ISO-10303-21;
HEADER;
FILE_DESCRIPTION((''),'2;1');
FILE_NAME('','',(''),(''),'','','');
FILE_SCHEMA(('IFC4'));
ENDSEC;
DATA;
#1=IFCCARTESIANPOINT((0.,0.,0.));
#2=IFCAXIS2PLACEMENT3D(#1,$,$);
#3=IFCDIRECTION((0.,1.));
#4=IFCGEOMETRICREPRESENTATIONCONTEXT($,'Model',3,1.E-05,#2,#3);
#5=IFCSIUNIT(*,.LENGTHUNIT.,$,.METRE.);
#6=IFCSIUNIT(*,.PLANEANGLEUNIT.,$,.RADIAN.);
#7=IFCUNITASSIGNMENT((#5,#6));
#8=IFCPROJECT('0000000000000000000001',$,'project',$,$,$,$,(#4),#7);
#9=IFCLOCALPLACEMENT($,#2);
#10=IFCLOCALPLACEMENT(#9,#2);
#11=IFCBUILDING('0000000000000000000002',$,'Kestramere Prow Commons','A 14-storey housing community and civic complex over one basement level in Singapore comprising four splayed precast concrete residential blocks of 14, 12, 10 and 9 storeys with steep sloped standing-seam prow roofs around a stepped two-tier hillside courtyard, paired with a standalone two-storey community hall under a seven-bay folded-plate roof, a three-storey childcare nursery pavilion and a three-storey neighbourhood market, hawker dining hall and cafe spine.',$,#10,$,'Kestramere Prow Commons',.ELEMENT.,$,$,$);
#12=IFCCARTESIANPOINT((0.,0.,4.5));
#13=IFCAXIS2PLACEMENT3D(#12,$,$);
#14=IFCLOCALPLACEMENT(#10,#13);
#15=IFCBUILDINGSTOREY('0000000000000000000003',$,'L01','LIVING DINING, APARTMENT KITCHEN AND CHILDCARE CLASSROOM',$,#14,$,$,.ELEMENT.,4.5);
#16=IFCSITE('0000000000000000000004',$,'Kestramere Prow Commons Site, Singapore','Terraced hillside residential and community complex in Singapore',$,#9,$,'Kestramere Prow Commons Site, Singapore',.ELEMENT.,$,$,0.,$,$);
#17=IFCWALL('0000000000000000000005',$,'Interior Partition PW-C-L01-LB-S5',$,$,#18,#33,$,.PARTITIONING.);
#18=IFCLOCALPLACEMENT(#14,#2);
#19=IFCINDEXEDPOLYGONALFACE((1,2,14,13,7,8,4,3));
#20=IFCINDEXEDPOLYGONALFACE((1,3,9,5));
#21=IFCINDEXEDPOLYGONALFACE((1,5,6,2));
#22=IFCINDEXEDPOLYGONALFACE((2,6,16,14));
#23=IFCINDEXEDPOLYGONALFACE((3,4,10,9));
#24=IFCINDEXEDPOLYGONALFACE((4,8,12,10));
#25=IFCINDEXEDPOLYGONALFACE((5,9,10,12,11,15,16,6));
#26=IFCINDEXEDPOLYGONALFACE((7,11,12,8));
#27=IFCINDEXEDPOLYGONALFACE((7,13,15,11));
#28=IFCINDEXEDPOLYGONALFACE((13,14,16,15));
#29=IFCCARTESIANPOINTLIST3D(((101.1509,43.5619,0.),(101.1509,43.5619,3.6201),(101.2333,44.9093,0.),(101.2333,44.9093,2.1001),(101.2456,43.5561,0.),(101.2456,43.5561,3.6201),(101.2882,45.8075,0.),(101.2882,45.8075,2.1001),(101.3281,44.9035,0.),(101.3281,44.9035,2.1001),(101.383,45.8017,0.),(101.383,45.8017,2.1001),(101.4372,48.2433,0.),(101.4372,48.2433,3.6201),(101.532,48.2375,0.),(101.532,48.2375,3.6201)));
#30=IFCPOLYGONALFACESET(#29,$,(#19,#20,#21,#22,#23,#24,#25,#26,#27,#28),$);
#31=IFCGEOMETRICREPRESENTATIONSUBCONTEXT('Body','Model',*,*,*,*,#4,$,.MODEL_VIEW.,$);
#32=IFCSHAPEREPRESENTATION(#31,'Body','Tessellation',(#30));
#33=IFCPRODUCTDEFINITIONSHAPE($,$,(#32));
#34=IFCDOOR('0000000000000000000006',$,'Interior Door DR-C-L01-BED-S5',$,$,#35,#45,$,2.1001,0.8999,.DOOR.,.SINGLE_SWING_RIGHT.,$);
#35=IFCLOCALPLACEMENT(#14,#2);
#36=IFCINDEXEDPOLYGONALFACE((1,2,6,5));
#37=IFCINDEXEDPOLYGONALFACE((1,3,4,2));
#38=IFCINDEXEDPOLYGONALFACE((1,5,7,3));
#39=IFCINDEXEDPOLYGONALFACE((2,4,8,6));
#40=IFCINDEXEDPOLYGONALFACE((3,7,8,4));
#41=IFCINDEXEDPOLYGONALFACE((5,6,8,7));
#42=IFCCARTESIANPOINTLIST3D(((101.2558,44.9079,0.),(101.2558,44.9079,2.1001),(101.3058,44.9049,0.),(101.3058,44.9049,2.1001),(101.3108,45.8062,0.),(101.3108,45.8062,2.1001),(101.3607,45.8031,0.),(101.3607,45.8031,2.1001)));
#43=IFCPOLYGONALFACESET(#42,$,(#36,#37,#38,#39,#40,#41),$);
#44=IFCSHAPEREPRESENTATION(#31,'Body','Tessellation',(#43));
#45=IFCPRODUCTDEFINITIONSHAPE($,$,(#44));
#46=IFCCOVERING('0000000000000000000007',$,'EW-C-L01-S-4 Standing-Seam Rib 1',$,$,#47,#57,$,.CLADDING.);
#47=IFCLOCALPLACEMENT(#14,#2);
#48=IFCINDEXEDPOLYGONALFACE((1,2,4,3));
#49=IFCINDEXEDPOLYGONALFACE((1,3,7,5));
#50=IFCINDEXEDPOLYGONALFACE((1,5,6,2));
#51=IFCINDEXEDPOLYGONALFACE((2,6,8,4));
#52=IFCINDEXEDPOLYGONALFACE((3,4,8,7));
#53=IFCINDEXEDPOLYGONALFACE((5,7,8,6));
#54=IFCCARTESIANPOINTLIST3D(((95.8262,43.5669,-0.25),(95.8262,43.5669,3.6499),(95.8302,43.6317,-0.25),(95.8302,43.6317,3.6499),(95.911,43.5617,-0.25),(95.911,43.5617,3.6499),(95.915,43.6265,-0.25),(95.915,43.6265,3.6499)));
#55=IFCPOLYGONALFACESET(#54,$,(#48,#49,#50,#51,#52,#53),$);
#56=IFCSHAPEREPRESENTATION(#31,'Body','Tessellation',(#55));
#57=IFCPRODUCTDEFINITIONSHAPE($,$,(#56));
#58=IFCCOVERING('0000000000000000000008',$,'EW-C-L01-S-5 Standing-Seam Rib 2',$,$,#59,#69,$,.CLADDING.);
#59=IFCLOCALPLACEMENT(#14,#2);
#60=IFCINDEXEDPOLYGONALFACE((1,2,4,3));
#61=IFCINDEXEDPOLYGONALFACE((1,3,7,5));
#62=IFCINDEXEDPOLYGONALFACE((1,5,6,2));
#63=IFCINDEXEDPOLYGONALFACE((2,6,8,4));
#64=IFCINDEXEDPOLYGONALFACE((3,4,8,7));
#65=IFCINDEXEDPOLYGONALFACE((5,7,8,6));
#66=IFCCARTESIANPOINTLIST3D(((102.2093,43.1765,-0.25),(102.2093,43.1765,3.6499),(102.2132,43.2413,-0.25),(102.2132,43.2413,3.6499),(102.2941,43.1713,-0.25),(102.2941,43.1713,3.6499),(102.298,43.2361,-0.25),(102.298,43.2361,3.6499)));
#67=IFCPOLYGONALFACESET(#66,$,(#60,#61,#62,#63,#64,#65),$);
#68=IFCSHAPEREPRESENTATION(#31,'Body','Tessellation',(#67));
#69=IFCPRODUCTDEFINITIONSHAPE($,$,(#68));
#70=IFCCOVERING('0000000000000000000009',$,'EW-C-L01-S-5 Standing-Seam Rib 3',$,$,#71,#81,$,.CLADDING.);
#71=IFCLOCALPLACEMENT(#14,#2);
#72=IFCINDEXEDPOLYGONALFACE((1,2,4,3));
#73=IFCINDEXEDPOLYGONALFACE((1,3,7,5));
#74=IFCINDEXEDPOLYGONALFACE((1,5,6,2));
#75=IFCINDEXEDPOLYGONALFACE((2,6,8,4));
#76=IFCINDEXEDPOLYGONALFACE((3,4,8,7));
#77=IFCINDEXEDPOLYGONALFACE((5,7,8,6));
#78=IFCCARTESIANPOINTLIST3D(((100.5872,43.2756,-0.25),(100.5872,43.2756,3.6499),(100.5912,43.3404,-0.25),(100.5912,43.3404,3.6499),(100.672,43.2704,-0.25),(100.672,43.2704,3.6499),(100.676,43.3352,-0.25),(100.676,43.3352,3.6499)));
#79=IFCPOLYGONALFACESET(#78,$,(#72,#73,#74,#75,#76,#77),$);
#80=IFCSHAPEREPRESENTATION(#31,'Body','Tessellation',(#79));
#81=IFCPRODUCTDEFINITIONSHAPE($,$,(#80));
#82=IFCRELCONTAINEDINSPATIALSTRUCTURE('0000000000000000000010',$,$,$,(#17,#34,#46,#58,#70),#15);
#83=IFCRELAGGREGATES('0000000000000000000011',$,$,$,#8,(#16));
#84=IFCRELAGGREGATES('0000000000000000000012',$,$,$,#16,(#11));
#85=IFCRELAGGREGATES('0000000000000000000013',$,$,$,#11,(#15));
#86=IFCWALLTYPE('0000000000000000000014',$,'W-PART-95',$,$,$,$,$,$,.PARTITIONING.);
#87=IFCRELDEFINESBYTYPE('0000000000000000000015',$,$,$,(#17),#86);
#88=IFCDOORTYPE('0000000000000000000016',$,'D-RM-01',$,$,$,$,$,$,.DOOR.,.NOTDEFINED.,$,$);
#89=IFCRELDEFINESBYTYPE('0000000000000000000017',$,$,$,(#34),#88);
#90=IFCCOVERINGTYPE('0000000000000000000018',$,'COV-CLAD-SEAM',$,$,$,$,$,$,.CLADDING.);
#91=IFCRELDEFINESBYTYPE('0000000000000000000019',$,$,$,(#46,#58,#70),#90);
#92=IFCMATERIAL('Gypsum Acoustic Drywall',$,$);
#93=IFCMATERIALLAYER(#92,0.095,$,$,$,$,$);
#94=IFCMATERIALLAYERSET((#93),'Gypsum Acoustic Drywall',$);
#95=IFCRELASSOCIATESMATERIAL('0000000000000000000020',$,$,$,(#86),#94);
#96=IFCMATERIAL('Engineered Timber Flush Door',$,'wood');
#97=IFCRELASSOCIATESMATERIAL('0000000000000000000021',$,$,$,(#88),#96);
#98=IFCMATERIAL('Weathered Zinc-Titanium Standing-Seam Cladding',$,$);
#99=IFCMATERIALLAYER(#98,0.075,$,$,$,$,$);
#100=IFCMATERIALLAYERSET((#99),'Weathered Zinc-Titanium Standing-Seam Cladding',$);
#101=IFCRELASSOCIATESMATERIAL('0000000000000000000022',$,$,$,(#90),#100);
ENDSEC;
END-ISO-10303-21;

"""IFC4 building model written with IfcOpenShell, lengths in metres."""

from ifc_helpers import new_model, si_unit, direction, frame, frame_2d, origin, origin_2d, place, context, subcontext, project, spatial, rectangle, extrude, material, layer, layer_set, type_object, element, fill, save


model = new_model("IFC4")

# Units and contexts
model_context = context("Model", 3, precision=1e-05, world=origin(), true_north=direction((0.0, 1.0)))
body_context = subcontext(model_context, "Body", "Model", "MODEL_VIEW")
ifc_project = project(units=[si_unit("LENGTHUNIT", "METRE"), si_unit("PLANEANGLEUNIT", "RADIAN")], contexts=[model_context])

# Site, building, storey
site_placement = place(None, origin())
site = spatial("IfcSite", under=ifc_project, at=site_placement, Name="Kestramere Prow Commons Site, Singapore", Description="Terraced hillside residential and community complex in Singapore", LongName="Kestramere Prow Commons Site, Singapore", CompositionType="ELEMENT", RefElevation=0.0)
building_placement = place(site_placement, origin())
building = spatial("IfcBuilding", under=site, at=building_placement, Name="Kestramere Prow Commons", Description="A 14-storey housing community and civic complex over one basement level in Singapore comprising four splayed precast concrete residential blocks of 14, 12, 10 and 9 storeys with steep sloped standing-seam prow roofs around a stepped two-tier hillside courtyard, paired with a standalone two-storey community hall under a seven-bay folded-plate roof, a three-storey childcare nursery pavilion and a three-storey neighbourhood market, hawker dining hall and cafe spine.", LongName="Kestramere Prow Commons", CompositionType="ELEMENT")
storey_placement = place(building_placement, frame((0.0, 0.0, 4.5)))
storey = spatial("IfcBuildingStorey", under=building, at=storey_placement, Name="L01", Description="LIVING DINING, APARTMENT KITCHEN AND CHILDCARE CLASSROOM", CompositionType="ELEMENT", Elevation=4.5)

# Wall, opening, door
ifc_material_1 = material(Name="Gypsum Acoustic Drywall")
ifc_layer_1 = layer(ifc_material_1, 0.095)
ifc_layer_set_1 = layer_set([ifc_layer_1], Name="Gypsum Acoustic Drywall")
wall_type_1 = type_object("IfcWallType", Name="W-PART-95", PredefinedType="PARTITIONING", material=ifc_layer_set_1)
wall_1_placement = place(storey_placement, frame((101.1982, 43.5588, 0.0), z_axis=(0.0, 0.0, 1.0), x_axis=(0.061059, 0.998134, 0.0)))
wall_1 = element("IfcWall", 1, at=wall_1_placement, inside=storey, type_object=wall_type_1, Name="Interior Partition PW-C-L01-LB-S5", PredefinedType="PARTITIONING", context=body_context, shape_type="SweptSolid", body=[
    extrude(rectangle(XDim=4.6902, YDim=0.095, at=frame_2d((2.3452, 0.0))), origin(), (0.0, 0.0, 1.0), 3.6201),
])
opening_1_placement = place(wall_1_placement, frame((1.3501, 0.0, 0.0)))
opening_1 = element("IfcOpeningElement", 2, at=opening_1_placement, cuts=wall_1, PredefinedType="OPENING", context=body_context, shape_type="SweptSolid", body=[
    extrude(rectangle(XDim=0.8999, YDim=2.1001, at=frame_2d((0.45, 1.05))), frame((0.0, 0.0625, 0.0), z_axis=(0.0, -1.0, 0.0), x_axis=(1.0, 0.0, 0.0)), (0.0, 0.0, 1.0), 0.125),
])
ifc_material_2 = material(Name="Engineered Timber Flush Door", Category="wood")
door_type = type_object("IfcDoorType", Name="D-RM-01", OperationType="NOTDEFINED", PredefinedType="DOOR", material=ifc_material_2)
door_placement = place(opening_1_placement, origin())
door = element("IfcDoor", 3, at=door_placement, inside=storey, type_object=door_type, Name="Interior Door DR-C-L01-BED-S5", OperationType="SINGLE_SWING_RIGHT", OverallHeight=2.1001, OverallWidth=0.8999, PredefinedType="DOOR", context=body_context, shape_type="SweptSolid", body=[
    extrude(rectangle(XDim=0.8999, YDim=2.1001, at=frame_2d((0.45, 1.05))), frame((0.0, 0.0249, 0.0), z_axis=(0.0, -1.0, 0.0), x_axis=(1.0, 0.0, 0.0)), (0.0, 0.0, 1.0), 0.05),
])
fill(opening_1, door)

# Coverings
ifc_material_3 = material(Name="Weathered Zinc-Titanium Standing-Seam Cladding")
ifc_layer_2 = layer(ifc_material_3, 0.075)
ifc_layer_set_2 = layer_set([ifc_layer_2], Name="Weathered Zinc-Titanium Standing-Seam Cladding")
covering_type = type_object("IfcCoveringType", Name="COV-CLAD-SEAM", PredefinedType="CLADDING", material=ifc_layer_set_2)
for number, where, z_axis, x_axis, name in (
    (4, (95.8706, 43.5967, -0.25), (0.0, 0.0, 1.0), (-0.998135, 0.061049, 0.0), "EW-C-L01-S-4 Standing-Seam Rib 1"),
    (5, (102.2537, 43.2063, -0.25), (0.0, 0.0, 1.0), (-0.998135, 0.061049, 0.0), "EW-C-L01-S-5 Standing-Seam Rib 2"),
    (6, (100.6316, 43.3054, -0.25), (0.0, 0.0, 1.0), (-0.998135, 0.061049, 0.0), "EW-C-L01-S-5 Standing-Seam Rib 3"),
):
    element("IfcCovering", number, at=place(storey_placement, frame(where, z_axis=z_axis, x_axis=x_axis)), inside=storey, type_object=covering_type, Name=name, PredefinedType="CLADDING", context=body_context, shape_type="SweptSolid", body=[
        extrude(rectangle(XDim=0.085, YDim=0.0649, at=origin_2d()), origin(), (0.0, 0.0, 1.0), 3.8999),
    ])

save(model, "model.ifc")
